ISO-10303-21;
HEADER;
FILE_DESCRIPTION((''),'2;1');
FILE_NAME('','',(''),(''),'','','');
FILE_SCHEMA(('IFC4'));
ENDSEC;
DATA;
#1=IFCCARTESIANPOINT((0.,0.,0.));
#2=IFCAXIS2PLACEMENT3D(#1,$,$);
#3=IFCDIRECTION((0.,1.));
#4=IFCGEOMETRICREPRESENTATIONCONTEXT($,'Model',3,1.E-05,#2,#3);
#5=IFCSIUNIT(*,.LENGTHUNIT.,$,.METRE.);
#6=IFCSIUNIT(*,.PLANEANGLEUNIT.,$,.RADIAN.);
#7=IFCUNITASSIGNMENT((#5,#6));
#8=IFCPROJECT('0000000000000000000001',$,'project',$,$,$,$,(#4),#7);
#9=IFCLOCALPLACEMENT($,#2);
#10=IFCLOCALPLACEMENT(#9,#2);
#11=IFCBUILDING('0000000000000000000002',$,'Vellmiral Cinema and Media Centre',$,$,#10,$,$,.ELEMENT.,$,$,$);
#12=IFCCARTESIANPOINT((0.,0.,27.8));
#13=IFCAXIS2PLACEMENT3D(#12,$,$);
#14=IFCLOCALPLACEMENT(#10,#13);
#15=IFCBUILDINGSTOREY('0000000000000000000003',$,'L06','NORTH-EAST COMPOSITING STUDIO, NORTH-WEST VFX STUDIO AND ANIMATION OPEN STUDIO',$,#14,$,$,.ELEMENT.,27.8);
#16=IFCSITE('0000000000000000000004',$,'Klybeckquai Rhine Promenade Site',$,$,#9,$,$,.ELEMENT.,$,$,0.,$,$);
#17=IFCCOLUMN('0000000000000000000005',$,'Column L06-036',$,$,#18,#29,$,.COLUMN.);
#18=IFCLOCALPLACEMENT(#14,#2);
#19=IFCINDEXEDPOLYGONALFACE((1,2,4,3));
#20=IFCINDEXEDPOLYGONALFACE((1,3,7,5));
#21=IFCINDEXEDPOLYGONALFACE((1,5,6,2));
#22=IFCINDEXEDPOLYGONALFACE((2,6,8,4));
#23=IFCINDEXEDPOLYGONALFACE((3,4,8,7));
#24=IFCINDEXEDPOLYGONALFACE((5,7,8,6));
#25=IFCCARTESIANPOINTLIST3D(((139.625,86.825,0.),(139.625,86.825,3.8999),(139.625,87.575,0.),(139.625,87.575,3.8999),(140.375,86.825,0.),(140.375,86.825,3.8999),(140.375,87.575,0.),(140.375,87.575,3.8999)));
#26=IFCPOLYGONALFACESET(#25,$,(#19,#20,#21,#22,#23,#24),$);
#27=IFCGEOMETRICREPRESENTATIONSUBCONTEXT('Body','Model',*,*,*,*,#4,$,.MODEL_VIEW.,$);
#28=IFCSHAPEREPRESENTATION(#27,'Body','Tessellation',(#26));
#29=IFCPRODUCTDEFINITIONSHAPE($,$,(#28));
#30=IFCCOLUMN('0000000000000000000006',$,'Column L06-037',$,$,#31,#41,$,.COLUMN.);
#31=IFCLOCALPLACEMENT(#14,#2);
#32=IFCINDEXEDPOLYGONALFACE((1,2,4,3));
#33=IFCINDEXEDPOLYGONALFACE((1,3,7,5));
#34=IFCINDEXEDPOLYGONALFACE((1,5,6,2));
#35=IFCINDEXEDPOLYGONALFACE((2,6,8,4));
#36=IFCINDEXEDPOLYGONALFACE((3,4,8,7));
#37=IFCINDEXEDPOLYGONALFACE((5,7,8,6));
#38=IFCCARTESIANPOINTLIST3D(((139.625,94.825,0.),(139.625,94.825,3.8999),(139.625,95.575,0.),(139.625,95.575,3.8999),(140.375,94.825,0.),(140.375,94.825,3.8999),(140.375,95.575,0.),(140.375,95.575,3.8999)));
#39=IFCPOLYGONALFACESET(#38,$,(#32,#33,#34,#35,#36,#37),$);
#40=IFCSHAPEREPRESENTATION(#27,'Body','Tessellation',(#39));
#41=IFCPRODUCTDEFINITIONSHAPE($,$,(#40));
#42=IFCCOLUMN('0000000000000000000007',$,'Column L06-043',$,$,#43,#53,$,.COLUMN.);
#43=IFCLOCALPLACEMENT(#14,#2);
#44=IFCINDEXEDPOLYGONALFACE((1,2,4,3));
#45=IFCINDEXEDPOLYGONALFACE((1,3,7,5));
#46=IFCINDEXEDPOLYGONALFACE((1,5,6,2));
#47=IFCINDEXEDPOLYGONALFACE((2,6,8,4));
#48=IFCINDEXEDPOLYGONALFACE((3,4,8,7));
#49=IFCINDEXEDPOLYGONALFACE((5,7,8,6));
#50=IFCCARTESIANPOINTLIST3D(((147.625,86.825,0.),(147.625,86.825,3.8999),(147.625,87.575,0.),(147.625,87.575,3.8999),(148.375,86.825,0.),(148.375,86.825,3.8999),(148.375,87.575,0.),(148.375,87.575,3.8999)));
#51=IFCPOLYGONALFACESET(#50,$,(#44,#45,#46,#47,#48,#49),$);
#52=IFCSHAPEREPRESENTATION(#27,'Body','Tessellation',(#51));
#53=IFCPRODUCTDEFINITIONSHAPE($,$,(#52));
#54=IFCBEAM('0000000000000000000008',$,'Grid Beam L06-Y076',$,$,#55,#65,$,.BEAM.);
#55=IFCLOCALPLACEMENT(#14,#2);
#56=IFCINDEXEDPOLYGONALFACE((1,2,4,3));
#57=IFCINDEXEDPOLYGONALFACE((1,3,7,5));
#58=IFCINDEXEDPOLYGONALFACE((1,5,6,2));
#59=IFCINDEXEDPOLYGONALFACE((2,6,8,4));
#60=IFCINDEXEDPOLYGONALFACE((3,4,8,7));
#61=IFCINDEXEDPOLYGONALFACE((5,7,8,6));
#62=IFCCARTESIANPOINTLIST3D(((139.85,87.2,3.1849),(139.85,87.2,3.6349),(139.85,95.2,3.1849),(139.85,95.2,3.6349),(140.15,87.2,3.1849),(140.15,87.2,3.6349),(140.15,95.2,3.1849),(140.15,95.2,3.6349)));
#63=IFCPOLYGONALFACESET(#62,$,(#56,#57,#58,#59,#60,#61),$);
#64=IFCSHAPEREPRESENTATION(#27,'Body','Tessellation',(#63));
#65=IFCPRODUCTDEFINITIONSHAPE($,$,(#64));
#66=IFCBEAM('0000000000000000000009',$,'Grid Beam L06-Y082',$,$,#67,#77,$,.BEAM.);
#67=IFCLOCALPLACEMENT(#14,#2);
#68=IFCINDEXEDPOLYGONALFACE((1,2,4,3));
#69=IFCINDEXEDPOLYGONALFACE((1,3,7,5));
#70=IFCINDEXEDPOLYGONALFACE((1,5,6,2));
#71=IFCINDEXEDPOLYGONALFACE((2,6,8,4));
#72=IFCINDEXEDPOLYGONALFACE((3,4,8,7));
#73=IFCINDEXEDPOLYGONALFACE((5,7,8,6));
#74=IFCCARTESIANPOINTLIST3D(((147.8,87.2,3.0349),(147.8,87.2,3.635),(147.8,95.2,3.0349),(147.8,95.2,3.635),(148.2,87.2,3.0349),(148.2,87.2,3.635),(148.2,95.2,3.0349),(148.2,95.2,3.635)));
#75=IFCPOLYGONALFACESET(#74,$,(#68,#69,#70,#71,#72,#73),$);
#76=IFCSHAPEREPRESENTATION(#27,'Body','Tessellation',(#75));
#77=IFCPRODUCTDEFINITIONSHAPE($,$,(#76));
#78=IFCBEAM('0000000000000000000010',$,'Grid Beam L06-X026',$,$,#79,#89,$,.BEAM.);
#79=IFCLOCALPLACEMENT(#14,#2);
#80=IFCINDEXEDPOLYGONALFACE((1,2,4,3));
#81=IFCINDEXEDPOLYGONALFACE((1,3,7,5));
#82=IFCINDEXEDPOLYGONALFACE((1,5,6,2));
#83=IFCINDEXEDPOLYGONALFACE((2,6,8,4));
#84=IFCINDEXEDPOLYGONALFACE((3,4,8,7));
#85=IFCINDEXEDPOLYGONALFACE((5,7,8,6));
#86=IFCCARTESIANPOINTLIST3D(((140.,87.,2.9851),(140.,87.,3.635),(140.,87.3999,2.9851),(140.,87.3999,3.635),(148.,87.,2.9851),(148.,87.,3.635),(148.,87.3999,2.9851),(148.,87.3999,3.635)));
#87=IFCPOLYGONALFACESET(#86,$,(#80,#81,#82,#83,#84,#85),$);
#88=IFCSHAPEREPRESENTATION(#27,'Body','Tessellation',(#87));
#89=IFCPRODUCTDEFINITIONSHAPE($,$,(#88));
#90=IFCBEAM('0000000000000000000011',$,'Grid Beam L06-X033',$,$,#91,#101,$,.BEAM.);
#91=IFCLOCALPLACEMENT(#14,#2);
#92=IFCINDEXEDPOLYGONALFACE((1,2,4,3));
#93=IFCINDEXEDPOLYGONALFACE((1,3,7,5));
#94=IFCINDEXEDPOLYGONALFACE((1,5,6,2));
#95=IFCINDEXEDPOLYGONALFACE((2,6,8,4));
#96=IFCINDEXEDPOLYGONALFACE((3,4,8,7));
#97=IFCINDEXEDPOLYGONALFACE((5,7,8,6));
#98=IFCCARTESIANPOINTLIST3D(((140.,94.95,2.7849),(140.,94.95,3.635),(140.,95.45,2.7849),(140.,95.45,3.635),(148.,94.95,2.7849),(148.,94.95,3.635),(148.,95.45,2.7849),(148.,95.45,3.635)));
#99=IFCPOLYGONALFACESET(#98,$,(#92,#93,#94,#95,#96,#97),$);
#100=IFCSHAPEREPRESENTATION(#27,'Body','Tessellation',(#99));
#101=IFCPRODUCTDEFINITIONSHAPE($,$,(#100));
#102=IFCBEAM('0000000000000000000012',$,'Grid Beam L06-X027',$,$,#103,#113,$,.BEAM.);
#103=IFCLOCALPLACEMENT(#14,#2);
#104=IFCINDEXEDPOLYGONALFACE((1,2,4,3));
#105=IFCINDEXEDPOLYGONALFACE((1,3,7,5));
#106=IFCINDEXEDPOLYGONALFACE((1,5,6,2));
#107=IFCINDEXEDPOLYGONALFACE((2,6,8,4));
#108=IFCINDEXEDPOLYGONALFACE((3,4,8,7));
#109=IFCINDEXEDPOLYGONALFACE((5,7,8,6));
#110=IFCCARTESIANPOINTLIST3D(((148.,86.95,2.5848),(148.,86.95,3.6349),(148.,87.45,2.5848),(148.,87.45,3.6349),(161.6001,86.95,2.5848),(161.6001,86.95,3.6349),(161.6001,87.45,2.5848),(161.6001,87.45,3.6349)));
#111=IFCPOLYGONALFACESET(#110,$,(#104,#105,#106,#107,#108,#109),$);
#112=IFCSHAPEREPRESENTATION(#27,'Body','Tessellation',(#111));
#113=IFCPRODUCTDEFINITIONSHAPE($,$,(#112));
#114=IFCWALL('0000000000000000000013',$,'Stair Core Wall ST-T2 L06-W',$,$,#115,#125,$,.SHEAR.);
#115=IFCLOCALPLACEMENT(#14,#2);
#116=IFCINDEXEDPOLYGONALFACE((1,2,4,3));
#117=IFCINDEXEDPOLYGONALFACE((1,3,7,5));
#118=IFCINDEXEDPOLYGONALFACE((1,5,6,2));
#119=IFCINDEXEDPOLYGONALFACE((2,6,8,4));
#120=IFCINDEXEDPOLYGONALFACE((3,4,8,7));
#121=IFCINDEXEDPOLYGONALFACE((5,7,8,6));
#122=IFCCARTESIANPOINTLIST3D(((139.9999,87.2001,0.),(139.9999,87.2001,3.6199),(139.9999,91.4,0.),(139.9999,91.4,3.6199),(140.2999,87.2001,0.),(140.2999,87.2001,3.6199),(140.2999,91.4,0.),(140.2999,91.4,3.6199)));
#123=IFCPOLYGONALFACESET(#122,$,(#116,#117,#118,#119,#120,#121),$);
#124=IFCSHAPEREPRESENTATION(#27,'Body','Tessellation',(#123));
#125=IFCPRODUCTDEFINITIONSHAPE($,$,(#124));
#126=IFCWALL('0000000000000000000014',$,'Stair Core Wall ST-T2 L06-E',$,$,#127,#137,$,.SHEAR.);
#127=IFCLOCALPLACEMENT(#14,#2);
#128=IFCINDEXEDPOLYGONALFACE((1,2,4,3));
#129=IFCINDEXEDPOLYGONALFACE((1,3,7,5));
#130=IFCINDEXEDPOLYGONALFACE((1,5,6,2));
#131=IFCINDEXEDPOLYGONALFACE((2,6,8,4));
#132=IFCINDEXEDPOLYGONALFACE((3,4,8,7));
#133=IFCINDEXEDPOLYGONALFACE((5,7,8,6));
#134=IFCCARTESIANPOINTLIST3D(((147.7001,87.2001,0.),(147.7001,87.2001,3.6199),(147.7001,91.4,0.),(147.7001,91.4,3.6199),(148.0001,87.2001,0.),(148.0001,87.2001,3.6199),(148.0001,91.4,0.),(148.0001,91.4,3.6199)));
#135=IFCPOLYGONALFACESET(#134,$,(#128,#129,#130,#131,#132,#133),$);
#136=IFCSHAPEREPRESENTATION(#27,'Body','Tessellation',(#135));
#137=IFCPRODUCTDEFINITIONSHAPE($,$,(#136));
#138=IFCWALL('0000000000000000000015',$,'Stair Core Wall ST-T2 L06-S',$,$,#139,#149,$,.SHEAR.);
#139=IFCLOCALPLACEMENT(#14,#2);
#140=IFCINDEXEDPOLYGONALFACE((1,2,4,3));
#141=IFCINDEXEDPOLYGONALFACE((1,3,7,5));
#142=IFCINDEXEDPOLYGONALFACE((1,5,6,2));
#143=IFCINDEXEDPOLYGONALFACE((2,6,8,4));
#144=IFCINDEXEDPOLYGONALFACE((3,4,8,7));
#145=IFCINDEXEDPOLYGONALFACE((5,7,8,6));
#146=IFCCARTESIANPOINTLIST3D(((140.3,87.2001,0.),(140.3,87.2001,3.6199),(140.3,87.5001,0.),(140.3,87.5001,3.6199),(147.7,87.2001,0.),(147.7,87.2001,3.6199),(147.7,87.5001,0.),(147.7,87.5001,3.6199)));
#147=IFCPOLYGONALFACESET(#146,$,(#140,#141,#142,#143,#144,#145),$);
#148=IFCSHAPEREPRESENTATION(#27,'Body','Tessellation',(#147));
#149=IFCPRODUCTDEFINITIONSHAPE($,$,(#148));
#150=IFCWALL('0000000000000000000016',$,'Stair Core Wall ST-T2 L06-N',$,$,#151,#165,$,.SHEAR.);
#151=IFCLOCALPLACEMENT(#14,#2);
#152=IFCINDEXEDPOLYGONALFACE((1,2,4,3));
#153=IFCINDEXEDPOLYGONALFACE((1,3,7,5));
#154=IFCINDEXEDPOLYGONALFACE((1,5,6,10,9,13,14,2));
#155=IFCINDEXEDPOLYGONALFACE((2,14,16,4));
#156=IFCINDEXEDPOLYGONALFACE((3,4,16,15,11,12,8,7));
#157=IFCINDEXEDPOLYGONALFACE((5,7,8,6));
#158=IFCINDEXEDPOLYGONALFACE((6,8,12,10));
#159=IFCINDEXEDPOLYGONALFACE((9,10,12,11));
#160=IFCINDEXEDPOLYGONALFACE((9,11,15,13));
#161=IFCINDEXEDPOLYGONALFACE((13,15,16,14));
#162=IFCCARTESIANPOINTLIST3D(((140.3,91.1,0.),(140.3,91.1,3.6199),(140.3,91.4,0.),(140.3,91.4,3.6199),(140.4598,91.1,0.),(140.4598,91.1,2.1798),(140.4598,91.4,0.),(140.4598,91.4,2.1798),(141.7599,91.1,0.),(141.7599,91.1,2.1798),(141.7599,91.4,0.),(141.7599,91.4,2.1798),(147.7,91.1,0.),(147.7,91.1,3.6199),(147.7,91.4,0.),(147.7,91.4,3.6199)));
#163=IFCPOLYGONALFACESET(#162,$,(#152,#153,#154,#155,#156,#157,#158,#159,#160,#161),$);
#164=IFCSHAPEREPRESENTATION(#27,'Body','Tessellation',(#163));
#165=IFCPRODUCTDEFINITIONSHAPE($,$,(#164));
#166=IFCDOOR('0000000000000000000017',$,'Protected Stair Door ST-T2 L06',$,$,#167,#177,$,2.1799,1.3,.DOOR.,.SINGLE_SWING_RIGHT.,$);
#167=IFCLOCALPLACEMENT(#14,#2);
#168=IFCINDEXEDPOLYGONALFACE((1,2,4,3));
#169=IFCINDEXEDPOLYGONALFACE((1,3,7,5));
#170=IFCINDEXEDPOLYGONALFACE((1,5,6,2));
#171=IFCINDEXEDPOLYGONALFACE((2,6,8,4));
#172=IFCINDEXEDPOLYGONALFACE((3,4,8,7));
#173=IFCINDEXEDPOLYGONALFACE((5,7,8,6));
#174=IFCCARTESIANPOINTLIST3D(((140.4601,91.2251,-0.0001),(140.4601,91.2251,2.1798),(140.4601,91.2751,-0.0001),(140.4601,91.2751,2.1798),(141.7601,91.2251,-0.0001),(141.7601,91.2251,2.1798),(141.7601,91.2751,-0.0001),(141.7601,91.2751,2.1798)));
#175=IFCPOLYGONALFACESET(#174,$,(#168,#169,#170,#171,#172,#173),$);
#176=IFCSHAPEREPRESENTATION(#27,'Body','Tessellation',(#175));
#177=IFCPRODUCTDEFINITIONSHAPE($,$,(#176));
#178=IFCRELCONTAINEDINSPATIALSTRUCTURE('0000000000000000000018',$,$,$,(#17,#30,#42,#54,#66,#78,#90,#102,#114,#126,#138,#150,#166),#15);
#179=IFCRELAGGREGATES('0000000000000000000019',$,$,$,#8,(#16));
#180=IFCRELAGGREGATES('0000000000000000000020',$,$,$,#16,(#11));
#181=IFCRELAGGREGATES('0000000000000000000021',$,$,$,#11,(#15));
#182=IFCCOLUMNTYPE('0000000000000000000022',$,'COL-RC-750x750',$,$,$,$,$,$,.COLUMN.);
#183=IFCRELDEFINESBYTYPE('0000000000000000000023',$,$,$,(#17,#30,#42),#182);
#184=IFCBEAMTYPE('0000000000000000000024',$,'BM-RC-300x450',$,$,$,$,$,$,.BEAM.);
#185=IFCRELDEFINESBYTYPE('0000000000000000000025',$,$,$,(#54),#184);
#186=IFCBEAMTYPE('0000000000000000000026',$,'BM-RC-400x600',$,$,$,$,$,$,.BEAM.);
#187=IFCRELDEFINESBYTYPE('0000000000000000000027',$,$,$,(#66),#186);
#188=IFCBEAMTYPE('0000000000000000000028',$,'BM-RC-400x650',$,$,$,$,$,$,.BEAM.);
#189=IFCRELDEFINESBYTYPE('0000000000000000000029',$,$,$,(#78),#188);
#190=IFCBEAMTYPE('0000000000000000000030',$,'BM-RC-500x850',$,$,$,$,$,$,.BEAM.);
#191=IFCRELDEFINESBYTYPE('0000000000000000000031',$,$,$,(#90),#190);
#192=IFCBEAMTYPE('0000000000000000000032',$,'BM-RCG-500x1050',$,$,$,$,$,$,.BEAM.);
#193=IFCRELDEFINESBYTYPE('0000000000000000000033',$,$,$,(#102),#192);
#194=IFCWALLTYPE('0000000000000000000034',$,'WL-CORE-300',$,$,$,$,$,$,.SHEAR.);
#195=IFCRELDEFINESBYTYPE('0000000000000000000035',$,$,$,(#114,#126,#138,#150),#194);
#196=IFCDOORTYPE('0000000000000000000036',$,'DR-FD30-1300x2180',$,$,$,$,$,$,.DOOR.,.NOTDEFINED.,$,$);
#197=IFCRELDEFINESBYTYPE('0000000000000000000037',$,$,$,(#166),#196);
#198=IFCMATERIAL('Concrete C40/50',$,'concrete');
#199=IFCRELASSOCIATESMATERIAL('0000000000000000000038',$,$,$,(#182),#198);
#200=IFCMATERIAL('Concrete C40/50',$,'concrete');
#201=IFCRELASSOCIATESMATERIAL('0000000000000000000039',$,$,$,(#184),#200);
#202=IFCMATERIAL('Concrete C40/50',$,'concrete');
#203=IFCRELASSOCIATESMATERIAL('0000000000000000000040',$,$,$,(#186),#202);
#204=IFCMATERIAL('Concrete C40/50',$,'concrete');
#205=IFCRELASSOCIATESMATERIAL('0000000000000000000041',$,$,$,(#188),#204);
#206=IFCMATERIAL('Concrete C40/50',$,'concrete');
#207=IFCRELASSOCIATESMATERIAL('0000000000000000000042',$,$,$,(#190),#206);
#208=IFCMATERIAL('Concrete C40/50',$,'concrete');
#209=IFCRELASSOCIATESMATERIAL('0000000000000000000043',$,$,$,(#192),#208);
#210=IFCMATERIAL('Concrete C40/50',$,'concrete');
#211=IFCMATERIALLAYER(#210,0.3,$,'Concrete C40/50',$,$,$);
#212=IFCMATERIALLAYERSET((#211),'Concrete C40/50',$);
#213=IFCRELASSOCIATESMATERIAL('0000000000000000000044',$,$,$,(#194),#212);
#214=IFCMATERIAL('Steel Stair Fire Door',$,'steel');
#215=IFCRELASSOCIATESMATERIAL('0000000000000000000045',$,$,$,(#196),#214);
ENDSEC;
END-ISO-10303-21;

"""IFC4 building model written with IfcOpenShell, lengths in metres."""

from ifc_helpers import new_model, si_unit, direction, frame, frame_2d, origin, origin_2d, place, context, subcontext, project, spatial, rectangle, extrude, material, layer, layer_set, material_profile, profile_set, type_object, element, fill, save


model = new_model("IFC4")

# Units and contexts
model_context = context("Model", 3, precision=1e-05, world=origin(), true_north=direction((0.0, 1.0)))
body_context = subcontext(model_context, "Body", "Model", "MODEL_VIEW")
ifc_project = project(units=[si_unit("LENGTHUNIT", "METRE"), si_unit("PLANEANGLEUNIT", "RADIAN")], contexts=[model_context])

# Site, building, storey
site_placement = place(None, origin())
site = spatial("IfcSite", under=ifc_project, at=site_placement, Name="Klybeckquai Rhine Promenade Site", CompositionType="ELEMENT", RefElevation=0.0)
building_placement = place(site_placement, origin())
building = spatial("IfcBuilding", under=site, at=building_placement, Name="Vellmiral Cinema and Media Centre", CompositionType="ELEMENT")
storey_placement = place(building_placement, frame((0.0, 0.0, 27.8)))
storey = spatial("IfcBuildingStorey", under=building, at=storey_placement, Name="L06", Description="NORTH-EAST COMPOSITING STUDIO, NORTH-WEST VFX STUDIO AND ANIMATION OPEN STUDIO", CompositionType="ELEMENT", Elevation=27.8)

# Columns
ifc_material_1 = material(Name="Concrete C40/50", Category="concrete")
ifc_material_profile_1 = material_profile(ifc_material_1, rectangle(XDim=0.75, YDim=0.75, at=origin_2d()), Name="RC 750x750")
ifc_profile_set_1 = profile_set([ifc_material_profile_1], Name="Concrete C40/50")
column_type = type_object("IfcColumnType", Name="COL-RC-750x750", PredefinedType="COLUMN", material=ifc_profile_set_1)
for number, where, z_axis, x_axis, name in (
    (1, (140.0, 87.2, 0.0), (0.0, 0.0, 1.0), (1.0, 0.0, 0.0), "Column L06-036"),
    (2, (140.0, 95.2, 0.0), (0.0, 0.0, 1.0), (1.0, 0.0, 0.0), "Column L06-037"),
    (3, (148.0, 87.2, 0.0), (0.0, 0.0, 1.0), (1.0, 0.0, 0.0), "Column L06-043"),
):
    element("IfcColumn", number, at=place(storey_placement, frame(where, z_axis=z_axis, x_axis=x_axis)), inside=storey, type_object=column_type, Name=name, PredefinedType="COLUMN", context=body_context, shape_type="SweptSolid", body=[
        extrude(rectangle(XDim=0.75, YDim=0.75, at=origin_2d()), origin(), (0.0, 0.0, 1.0), 3.8999),
    ])

# Beams
ifc_material_2 = material(Name="Concrete C40/50", Category="concrete")
ifc_material_profile_2 = material_profile(ifc_material_2, rectangle(XDim=0.3, YDim=0.45, at=origin_2d()), Name="RC 300x450")
ifc_profile_set_2 = profile_set([ifc_material_profile_2], Name="Concrete C40/50")
beam_type_1 = type_object("IfcBeamType", Name="BM-RC-300x450", PredefinedType="BEAM", material=ifc_profile_set_2)
beam_1_placement = place(storey_placement, frame((140.0, 87.2, 3.4099), z_axis=(0.0, 1.0, 0.0), x_axis=(-1.0, 0.0, 0.0)))
element("IfcBeam", 4, at=beam_1_placement, inside=storey, type_object=beam_type_1, Name="Grid Beam L06-Y076", PredefinedType="BEAM", context=body_context, shape_type="SweptSolid", body=[
    extrude(rectangle(XDim=0.3, YDim=0.45, at=origin_2d()), origin(), (0.0, 0.0, 1.0), 8.0),
])
ifc_material_3 = material(Name="Concrete C40/50", Category="concrete")
ifc_material_profile_3 = material_profile(ifc_material_3, rectangle(XDim=0.3999, YDim=0.6001, at=origin_2d()), Name="RC 400x600")
ifc_profile_set_3 = profile_set([ifc_material_profile_3], Name="Concrete C40/50")
beam_type_2 = type_object("IfcBeamType", Name="BM-RC-400x600", PredefinedType="BEAM", material=ifc_profile_set_3)
beam_2_placement = place(storey_placement, frame((148.0, 87.2, 3.335), z_axis=(0.0, 1.0, 0.0), x_axis=(-1.0, 0.0, 0.0)))
element("IfcBeam", 5, at=beam_2_placement, inside=storey, type_object=beam_type_2, Name="Grid Beam L06-Y082", PredefinedType="BEAM", context=body_context, shape_type="SweptSolid", body=[
    extrude(rectangle(XDim=0.3999, YDim=0.6001, at=origin_2d()), origin(), (0.0, 0.0, 1.0), 8.0),
])
ifc_material_4 = material(Name="Concrete C40/50", Category="concrete")
ifc_material_profile_4 = material_profile(ifc_material_4, rectangle(XDim=0.3999, YDim=0.6499, at=origin_2d()), Name="RC 400x650")
ifc_profile_set_4 = profile_set([ifc_material_profile_4], Name="Concrete C40/50")
beam_type_3 = type_object("IfcBeamType", Name="BM-RC-400x650", PredefinedType="BEAM", material=ifc_profile_set_4)
beam_3_placement = place(storey_placement, frame((140.0, 87.2, 3.3101), z_axis=(1.0, 0.0, 0.0), x_axis=(0.0, 1.0, 0.0)))
element("IfcBeam", 6, at=beam_3_placement, inside=storey, type_object=beam_type_3, Name="Grid Beam L06-X026", PredefinedType="BEAM", context=body_context, shape_type="SweptSolid", body=[
    extrude(rectangle(XDim=0.3999, YDim=0.6499, at=origin_2d()), origin(), (0.0, 0.0, 1.0), 8.0),
])
ifc_material_5 = material(Name="Concrete C40/50", Category="concrete")
ifc_material_profile_5 = material_profile(ifc_material_5, rectangle(XDim=0.5, YDim=0.8501, at=origin_2d()), Name="RC 500x850")
ifc_profile_set_5 = profile_set([ifc_material_profile_5], Name="Concrete C40/50")
beam_type_4 = type_object("IfcBeamType", Name="BM-RC-500x850", PredefinedType="BEAM", material=ifc_profile_set_5)
beam_4_placement = place(storey_placement, frame((140.0, 95.2, 3.21), z_axis=(1.0, 0.0, 0.0), x_axis=(0.0, 1.0, 0.0)))
element("IfcBeam", 7, at=beam_4_placement, inside=storey, type_object=beam_type_4, Name="Grid Beam L06-X033", PredefinedType="BEAM", context=body_context, shape_type="SweptSolid", body=[
    extrude(rectangle(XDim=0.5, YDim=0.8501, at=origin_2d()), origin(), (0.0, 0.0, 1.0), 8.0),
])
ifc_material_6 = material(Name="Concrete C40/50", Category="concrete")
ifc_material_profile_6 = material_profile(ifc_material_6, rectangle(XDim=0.5, YDim=1.05, at=origin_2d()), Name="RC 500x1050")
ifc_profile_set_6 = profile_set([ifc_material_profile_6], Name="Concrete C40/50")
beam_type_5 = type_object("IfcBeamType", Name="BM-RCG-500x1050", PredefinedType="BEAM", material=ifc_profile_set_6)
beam_5_placement = place(storey_placement, frame((148.0, 87.2, 3.1099), z_axis=(1.0, 0.0, 0.0), x_axis=(0.0, 1.0, 0.0)))
element("IfcBeam", 8, at=beam_5_placement, inside=storey, type_object=beam_type_5, Name="Grid Beam L06-X027", PredefinedType="BEAM", context=body_context, shape_type="SweptSolid", body=[
    extrude(rectangle(XDim=0.5, YDim=1.05, at=origin_2d()), origin(), (0.0, 0.0, 1.0), 13.6001),
])

# Walls
ifc_material_7 = material(Name="Concrete C40/50", Category="concrete")
ifc_layer_1 = layer(ifc_material_7, 0.3, Name="Concrete C40/50")
ifc_layer_set_1 = layer_set([ifc_layer_1], Name="Concrete C40/50")
wall_type_1 = type_object("IfcWallType", Name="WL-CORE-300", PredefinedType="SHEAR", material=ifc_layer_set_1)
for number, where, z_axis, x_axis, name in (
    (9, (140.1499, 87.2, 0.0), (0.0, 0.0, 1.0), (0.0, 1.0, 0.0), "Stair Core Wall ST-T2 L06-W"),
    (10, (147.8501, 87.2, 0.0), (0.0, 0.0, 1.0), (0.0, 1.0, 0.0), "Stair Core Wall ST-T2 L06-E"),
):
    element("IfcWall", number, at=place(storey_placement, frame(where, z_axis=z_axis, x_axis=x_axis)), inside=storey, type_object=wall_type_1, Name=name, PredefinedType="SHEAR", context=body_context, shape_type="SweptSolid", body=[
        extrude(rectangle(XDim=4.2, YDim=0.3, at=frame_2d((2.1001, 0.0))), origin(), (0.0, 0.0, 1.0), 3.6199),
    ])
wall_1_placement = place(storey_placement, frame((140.3, 87.3501, 0.0), z_axis=(0.0, 0.0, 1.0), x_axis=(1.0, 0.0, 0.0)))
element("IfcWall", 11, at=wall_1_placement, inside=storey, type_object=wall_type_1, Name="Stair Core Wall ST-T2 L06-S", PredefinedType="SHEAR", context=body_context, shape_type="SweptSolid", body=[
    extrude(rectangle(XDim=7.3999, YDim=0.3, at=frame_2d((3.7, 0.0))), origin(), (0.0, 0.0, 1.0), 3.6199),
])

# Wall, opening, door
wall_2_placement = place(storey_placement, frame((140.3, 91.25, 0.0), z_axis=(0.0, 0.0, 1.0), x_axis=(1.0, 0.0, 0.0)))
wall_2 = element("IfcWall", 12, at=wall_2_placement, inside=storey, type_object=wall_type_1, Name="Stair Core Wall ST-T2 L06-N", PredefinedType="SHEAR", context=body_context, shape_type="SweptSolid", body=[
    extrude(rectangle(XDim=7.3999, YDim=0.3, at=frame_2d((3.7, 0.0))), origin(), (0.0, 0.0, 1.0), 3.6199),
])
opening_1_placement = place(wall_2_placement, frame((0.1599, 0.0, 0.0)))
opening_1 = element("IfcOpeningElement", 13, at=opening_1_placement, cuts=wall_2, PredefinedType="OPENING", context=body_context, shape_type="SweptSolid", body=[
    extrude(rectangle(XDim=1.3, YDim=2.1799, at=frame_2d((0.6499, 1.0898))), frame((0.0, 0.1621, 0.0), z_axis=(0.0, -1.0, 0.0), x_axis=(1.0, 0.0, 0.0)), (0.0, 0.0, 1.0), 0.324),
])
ifc_material_8 = material(Name="Steel Stair Fire Door", Category="steel")
door_type_1 = type_object("IfcDoorType", Name="DR-FD30-1300x2180", OperationType="NOTDEFINED", PredefinedType="DOOR", material=ifc_material_8)
door_1_placement = place(opening_1_placement, frame((1.3, 0.0, 0.0), z_axis=(0.0, 0.0, 1.0), x_axis=(-1.0, 0.0, 0.0)))
door_1 = element("IfcDoor", 14, at=door_1_placement, inside=storey, type_object=door_type_1, Name="Protected Stair Door ST-T2 L06", OperationType="SINGLE_SWING_RIGHT", OverallHeight=2.1799, OverallWidth=1.3, PredefinedType="DOOR", context=body_context, shape_type="SweptSolid", body=[
    extrude(rectangle(XDim=1.3, YDim=2.1799, at=frame_2d((0.6499, 1.0898))), frame((0.0, 0.0249, 0.0), z_axis=(0.0, -1.0, 0.0), x_axis=(1.0, 0.0, 0.0)), (0.0, 0.0, 1.0), 0.05),
])
fill(opening_1, door_1)

save(model, "model.ifc")
